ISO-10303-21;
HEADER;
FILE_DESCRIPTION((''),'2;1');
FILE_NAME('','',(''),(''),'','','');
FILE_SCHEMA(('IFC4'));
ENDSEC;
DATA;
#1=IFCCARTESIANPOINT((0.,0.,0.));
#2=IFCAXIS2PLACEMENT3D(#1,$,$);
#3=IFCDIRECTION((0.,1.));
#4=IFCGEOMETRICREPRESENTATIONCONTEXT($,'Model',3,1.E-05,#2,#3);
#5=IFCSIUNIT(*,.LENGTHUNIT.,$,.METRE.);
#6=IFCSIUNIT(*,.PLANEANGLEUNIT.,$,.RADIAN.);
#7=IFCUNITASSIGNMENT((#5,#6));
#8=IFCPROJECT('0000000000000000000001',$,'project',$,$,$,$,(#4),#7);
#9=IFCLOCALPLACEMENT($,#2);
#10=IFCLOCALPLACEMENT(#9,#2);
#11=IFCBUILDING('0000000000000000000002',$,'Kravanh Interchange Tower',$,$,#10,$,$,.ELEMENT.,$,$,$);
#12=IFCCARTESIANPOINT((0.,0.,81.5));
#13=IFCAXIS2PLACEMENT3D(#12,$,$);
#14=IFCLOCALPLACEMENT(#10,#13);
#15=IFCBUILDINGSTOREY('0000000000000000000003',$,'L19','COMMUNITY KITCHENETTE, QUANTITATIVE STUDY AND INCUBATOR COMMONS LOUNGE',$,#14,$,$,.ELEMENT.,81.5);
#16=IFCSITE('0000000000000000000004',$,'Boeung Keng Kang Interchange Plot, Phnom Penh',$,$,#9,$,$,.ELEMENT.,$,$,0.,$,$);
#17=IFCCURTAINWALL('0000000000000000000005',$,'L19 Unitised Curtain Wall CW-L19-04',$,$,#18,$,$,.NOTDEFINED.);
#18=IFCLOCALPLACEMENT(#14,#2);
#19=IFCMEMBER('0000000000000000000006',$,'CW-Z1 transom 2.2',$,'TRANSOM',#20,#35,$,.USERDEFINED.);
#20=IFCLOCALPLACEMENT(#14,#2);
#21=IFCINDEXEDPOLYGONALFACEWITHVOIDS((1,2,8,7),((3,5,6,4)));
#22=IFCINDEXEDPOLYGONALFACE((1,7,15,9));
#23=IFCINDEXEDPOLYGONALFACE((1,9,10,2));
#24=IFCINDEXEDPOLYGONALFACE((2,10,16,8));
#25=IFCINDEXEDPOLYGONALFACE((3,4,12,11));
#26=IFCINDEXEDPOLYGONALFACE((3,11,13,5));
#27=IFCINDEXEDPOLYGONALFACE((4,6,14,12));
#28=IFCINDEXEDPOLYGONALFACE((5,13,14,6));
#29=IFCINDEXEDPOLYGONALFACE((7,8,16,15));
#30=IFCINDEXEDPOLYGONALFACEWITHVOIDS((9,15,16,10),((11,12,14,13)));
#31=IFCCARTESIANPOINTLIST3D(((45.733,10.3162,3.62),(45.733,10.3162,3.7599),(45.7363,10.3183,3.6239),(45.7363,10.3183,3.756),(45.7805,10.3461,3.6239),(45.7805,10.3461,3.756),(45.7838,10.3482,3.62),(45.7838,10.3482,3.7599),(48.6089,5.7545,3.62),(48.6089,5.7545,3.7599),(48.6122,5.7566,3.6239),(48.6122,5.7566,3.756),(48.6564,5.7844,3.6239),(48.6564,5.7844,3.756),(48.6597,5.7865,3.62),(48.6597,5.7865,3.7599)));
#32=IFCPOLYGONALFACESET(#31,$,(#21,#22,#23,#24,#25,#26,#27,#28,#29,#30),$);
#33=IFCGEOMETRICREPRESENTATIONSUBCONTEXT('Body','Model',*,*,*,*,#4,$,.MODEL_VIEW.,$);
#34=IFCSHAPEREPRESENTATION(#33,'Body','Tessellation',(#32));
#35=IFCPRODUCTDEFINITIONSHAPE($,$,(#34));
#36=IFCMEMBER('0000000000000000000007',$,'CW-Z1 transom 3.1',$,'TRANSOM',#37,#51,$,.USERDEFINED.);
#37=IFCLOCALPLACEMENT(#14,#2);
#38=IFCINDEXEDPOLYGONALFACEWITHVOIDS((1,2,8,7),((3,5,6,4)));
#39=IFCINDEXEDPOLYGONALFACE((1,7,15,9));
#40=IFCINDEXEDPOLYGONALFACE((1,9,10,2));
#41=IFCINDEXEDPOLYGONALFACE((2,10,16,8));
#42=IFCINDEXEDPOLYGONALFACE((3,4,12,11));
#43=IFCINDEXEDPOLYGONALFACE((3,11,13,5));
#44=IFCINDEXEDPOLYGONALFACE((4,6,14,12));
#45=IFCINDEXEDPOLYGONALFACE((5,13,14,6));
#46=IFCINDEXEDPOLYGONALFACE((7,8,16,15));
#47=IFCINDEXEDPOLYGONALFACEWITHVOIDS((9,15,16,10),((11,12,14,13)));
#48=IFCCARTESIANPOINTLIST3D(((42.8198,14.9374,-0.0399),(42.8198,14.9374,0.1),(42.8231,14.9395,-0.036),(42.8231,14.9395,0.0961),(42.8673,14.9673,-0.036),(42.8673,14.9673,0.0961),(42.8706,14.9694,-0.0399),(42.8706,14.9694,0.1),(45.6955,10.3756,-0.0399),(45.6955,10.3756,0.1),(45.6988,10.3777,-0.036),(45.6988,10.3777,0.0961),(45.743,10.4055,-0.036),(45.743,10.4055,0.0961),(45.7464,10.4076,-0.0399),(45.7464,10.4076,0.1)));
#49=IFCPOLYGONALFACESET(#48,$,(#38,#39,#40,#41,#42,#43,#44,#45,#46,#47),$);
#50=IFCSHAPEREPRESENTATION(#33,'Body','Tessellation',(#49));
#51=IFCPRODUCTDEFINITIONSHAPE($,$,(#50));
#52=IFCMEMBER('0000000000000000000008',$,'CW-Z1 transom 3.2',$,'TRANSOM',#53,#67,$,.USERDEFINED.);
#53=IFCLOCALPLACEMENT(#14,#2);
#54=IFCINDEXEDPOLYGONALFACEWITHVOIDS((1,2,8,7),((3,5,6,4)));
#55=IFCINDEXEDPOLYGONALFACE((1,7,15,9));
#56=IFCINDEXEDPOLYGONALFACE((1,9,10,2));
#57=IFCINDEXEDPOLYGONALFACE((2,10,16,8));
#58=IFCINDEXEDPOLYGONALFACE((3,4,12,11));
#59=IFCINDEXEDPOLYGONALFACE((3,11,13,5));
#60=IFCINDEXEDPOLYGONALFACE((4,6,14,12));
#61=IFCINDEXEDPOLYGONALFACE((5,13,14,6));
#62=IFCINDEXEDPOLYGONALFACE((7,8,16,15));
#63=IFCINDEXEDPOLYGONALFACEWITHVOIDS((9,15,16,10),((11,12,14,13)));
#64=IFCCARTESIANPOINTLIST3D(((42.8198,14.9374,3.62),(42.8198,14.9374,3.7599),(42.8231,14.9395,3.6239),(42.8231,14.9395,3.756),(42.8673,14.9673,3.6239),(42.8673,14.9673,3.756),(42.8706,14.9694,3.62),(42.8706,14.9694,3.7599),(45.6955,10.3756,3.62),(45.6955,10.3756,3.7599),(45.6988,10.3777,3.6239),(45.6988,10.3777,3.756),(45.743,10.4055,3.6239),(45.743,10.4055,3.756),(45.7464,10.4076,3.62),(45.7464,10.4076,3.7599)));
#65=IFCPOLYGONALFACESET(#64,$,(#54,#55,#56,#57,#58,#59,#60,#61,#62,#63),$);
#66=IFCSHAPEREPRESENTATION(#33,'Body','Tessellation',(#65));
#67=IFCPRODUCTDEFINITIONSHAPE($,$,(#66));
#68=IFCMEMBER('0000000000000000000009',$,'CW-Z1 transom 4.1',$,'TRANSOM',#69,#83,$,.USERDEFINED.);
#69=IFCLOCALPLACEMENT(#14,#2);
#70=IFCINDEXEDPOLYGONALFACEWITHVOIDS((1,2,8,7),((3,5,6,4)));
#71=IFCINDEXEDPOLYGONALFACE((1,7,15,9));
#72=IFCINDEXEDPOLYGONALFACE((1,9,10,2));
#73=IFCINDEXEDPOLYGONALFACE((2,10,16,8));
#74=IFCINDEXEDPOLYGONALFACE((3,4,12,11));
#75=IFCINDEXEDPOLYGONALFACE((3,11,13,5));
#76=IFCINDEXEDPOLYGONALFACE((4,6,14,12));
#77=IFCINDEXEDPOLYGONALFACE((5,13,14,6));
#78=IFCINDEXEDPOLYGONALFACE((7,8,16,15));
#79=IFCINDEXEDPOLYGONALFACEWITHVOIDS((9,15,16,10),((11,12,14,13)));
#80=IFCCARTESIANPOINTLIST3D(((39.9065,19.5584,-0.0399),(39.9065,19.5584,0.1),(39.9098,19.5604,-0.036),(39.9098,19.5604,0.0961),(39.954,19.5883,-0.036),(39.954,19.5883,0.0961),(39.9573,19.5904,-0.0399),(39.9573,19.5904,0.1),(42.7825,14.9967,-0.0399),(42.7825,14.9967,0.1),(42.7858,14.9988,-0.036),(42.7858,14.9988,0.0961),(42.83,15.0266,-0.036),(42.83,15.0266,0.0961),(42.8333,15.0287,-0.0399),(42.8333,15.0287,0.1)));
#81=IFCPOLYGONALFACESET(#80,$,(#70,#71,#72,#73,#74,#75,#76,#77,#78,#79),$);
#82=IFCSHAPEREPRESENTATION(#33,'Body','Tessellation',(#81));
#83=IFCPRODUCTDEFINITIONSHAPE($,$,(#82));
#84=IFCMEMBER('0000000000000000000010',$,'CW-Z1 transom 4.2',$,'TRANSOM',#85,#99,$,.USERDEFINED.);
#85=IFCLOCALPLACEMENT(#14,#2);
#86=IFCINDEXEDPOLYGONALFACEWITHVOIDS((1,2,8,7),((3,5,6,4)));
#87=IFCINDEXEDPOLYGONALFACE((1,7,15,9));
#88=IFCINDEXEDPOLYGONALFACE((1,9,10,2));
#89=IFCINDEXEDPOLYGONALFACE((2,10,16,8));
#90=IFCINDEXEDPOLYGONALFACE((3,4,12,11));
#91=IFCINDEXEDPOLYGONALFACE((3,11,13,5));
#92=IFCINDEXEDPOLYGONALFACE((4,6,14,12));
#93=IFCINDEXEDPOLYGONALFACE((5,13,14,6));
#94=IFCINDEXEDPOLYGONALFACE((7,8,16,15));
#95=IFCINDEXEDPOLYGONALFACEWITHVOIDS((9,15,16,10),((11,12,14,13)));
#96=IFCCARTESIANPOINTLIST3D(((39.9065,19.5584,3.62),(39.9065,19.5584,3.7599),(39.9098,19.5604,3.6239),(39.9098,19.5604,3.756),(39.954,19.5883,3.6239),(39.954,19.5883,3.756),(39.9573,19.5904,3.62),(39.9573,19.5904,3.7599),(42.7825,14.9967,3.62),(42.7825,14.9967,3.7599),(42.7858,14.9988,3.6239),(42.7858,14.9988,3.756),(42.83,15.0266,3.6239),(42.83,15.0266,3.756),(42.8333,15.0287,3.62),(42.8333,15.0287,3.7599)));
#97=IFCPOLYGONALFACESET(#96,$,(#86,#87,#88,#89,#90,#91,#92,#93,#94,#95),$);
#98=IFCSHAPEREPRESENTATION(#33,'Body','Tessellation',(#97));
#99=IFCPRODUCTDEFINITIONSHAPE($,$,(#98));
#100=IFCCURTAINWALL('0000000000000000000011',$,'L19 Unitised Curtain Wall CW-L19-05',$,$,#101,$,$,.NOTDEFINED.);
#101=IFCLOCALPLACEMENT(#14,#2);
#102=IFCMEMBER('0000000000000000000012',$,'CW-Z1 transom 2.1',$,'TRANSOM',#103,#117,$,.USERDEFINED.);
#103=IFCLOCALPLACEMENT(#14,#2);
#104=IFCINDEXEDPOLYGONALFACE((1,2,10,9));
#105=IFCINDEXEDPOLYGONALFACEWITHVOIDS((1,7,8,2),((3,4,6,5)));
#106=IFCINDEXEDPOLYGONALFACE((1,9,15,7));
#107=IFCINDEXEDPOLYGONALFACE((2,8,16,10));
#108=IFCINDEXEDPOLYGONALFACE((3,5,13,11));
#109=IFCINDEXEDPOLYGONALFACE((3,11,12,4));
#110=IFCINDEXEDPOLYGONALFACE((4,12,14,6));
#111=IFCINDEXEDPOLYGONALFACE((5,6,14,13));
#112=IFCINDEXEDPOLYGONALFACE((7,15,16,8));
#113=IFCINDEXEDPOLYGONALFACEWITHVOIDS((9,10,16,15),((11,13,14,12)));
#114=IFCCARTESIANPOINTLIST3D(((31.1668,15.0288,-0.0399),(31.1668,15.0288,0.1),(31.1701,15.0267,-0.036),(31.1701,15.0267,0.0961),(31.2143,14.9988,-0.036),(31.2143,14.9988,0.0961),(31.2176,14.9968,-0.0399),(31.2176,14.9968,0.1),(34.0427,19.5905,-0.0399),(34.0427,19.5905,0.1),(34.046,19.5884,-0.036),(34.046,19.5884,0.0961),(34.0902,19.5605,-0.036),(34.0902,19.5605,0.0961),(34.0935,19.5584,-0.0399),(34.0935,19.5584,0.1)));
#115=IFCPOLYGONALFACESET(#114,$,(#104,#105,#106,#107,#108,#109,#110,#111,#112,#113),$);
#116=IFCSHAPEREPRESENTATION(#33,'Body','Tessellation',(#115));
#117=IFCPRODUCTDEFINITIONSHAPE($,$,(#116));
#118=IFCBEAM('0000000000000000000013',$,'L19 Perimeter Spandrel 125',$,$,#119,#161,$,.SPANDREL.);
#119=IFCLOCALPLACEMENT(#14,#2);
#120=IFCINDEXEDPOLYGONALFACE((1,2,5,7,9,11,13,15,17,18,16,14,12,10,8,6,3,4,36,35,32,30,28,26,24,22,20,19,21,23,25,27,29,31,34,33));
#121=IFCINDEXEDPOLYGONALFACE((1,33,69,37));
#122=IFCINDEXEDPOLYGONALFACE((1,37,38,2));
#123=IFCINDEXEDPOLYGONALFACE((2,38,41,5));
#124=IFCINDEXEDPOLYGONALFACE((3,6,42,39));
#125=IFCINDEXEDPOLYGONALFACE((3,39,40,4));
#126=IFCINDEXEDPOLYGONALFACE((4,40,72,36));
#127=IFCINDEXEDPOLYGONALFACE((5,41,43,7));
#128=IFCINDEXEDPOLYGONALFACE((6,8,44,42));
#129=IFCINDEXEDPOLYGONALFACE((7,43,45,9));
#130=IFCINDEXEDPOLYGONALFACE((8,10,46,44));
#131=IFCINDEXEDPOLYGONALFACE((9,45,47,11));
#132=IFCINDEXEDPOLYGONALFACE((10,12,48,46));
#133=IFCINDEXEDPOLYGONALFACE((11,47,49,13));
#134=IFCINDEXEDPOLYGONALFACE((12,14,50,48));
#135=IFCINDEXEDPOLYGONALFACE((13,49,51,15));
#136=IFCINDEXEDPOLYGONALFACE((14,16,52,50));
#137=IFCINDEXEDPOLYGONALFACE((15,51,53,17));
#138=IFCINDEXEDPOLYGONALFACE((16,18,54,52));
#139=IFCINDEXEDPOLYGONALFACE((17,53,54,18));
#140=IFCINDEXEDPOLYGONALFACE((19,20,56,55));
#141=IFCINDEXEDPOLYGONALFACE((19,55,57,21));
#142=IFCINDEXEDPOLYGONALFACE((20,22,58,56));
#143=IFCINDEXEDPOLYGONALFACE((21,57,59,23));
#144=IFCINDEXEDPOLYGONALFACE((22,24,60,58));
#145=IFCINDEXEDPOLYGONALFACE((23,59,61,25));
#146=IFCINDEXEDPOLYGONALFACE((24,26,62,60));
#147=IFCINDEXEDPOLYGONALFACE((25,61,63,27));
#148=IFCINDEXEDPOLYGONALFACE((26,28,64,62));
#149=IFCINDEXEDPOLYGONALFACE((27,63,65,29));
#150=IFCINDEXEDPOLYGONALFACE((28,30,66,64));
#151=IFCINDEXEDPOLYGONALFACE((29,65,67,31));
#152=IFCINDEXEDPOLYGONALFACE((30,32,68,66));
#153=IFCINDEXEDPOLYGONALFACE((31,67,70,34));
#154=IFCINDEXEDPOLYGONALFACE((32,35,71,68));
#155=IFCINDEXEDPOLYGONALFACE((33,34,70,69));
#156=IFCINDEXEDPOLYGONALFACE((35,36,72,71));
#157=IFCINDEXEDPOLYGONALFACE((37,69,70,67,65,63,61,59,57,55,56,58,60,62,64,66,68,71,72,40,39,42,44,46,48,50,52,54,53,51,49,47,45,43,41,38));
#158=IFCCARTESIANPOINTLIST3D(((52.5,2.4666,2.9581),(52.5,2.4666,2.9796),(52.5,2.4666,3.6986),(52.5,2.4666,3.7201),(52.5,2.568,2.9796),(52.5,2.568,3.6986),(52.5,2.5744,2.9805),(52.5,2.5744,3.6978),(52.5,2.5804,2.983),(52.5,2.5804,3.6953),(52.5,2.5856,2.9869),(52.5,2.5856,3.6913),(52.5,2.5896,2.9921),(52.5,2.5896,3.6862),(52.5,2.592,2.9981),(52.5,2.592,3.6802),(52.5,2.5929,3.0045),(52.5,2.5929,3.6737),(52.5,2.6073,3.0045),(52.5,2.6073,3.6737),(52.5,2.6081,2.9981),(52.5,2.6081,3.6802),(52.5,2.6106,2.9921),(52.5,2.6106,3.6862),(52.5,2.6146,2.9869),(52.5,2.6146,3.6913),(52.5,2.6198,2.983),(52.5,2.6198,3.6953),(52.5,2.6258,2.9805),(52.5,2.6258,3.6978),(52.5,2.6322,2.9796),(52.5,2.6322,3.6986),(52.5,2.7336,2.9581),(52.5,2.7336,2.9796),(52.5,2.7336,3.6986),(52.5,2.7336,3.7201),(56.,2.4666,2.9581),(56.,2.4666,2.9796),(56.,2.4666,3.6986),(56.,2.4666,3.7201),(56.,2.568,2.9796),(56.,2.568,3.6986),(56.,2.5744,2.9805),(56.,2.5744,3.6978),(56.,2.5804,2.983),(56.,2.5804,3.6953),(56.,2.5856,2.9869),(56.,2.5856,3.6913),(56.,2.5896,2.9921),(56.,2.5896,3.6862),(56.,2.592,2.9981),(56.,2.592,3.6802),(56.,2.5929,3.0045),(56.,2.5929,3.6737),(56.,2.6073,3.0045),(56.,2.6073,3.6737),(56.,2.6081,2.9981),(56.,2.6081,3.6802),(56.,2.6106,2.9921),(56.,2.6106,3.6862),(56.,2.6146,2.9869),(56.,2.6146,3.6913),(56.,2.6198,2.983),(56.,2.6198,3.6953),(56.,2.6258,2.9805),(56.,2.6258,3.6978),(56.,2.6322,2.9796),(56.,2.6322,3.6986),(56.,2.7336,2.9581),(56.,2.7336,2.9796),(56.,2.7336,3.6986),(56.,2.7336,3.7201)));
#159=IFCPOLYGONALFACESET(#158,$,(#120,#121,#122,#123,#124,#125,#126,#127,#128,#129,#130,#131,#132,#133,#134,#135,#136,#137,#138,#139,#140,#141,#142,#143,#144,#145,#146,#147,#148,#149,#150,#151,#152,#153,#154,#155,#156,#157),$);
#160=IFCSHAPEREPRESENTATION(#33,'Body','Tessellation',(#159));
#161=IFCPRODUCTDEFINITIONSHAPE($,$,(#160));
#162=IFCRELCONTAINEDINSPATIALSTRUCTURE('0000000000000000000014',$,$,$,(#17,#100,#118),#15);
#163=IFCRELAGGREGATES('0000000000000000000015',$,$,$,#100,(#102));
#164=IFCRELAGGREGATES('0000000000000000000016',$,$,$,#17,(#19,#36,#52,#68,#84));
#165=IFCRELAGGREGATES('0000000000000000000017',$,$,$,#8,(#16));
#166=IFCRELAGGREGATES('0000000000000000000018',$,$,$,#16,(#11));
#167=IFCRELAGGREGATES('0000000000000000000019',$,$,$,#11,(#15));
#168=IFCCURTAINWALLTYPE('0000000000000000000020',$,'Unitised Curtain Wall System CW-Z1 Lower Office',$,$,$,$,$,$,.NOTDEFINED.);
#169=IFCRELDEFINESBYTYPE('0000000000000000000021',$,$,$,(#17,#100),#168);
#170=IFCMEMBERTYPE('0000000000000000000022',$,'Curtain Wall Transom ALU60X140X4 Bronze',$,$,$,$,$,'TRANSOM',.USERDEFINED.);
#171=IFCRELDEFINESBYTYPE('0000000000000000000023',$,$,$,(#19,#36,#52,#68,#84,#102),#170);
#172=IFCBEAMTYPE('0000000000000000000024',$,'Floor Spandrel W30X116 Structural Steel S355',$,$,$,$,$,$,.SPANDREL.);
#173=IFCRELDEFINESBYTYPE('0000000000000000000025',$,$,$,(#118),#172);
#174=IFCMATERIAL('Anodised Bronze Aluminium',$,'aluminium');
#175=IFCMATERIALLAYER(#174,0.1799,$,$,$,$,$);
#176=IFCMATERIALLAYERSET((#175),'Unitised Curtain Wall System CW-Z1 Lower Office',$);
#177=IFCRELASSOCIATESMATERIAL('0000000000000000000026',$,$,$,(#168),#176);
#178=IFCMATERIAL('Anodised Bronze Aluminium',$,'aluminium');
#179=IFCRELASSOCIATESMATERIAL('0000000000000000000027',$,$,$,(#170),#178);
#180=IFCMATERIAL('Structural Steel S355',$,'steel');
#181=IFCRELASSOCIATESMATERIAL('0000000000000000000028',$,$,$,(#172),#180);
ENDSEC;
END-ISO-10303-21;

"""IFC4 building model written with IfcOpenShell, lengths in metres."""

from ifc_helpers import new_model, si_unit, direction, frame, origin, origin_2d, place, context, subcontext, project, spatial, hollow_rectangle, i_section, extrude, material, layer, layer_set, material_profile, profile_set, type_object, element, aggregate, save


model = new_model("IFC4")

# Units and contexts
model_context = context("Model", 3, precision=1e-05, world=origin(), true_north=direction((0.0, 1.0)))
body_context = subcontext(model_context, "Body", "Model", "MODEL_VIEW")
ifc_project = project(units=[si_unit("LENGTHUNIT", "METRE"), si_unit("PLANEANGLEUNIT", "RADIAN")], contexts=[model_context])

# Site, building, storey
site_placement = place(None, origin())
site = spatial("IfcSite", under=ifc_project, at=site_placement, Name="Boeung Keng Kang Interchange Plot, Phnom Penh", CompositionType="ELEMENT", RefElevation=0.0)
building_placement = place(site_placement, origin())
building = spatial("IfcBuilding", under=site, at=building_placement, Name="Kravanh Interchange Tower", CompositionType="ELEMENT")
storey_placement = place(building_placement, frame((0.0, 0.0, 81.5)))
storey = spatial("IfcBuildingStorey", under=building, at=storey_placement, Name="L19", Description="COMMUNITY KITCHENETTE, QUANTITATIVE STUDY AND INCUBATOR COMMONS LOUNGE", CompositionType="ELEMENT", Elevation=81.5)

# Shared definitions
ifc_material_1 = material(Name="Anodised Bronze Aluminium", Category="aluminium")
ifc_layer_1 = layer(ifc_material_1, 0.1799)
ifc_layer_set_1 = layer_set([ifc_layer_1], Name="Unitised Curtain Wall System CW-Z1 Lower Office")
curtain_wall_type = type_object("IfcCurtainWallType", Name="Unitised Curtain Wall System CW-Z1 Lower Office", PredefinedType="NOTDEFINED", material=ifc_layer_set_1)

# Curtain wall, members
curtain_wall_1_placement = place(storey_placement, origin())
curtain_wall_1 = element("IfcCurtainWall", 1, at=curtain_wall_1_placement, inside=storey, type_object=curtain_wall_type, Name="L19 Unitised Curtain Wall CW-L19-04", PredefinedType="NOTDEFINED")
ifc_material_2 = material(Name="Anodised Bronze Aluminium", Category="aluminium")
ifc_material_profile_1 = material_profile(ifc_material_2, hollow_rectangle(XDim=0.0601, YDim=0.1399, WallThickness=0.0039, at=origin_2d()), Name="ALU60X140X4")
ifc_profile_set_1 = profile_set([ifc_material_profile_1], Name="Anodised Bronze Aluminium")
member_type_1 = type_object("IfcMemberType", Name="Curtain Wall Transom ALU60X140X4 Bronze", ElementType="TRANSOM", PredefinedType="USERDEFINED", material=ifc_profile_set_1)
member_1_placement = place(storey_placement, frame((48.6343, 5.7705, 3.6899), z_axis=(-0.533311, 0.845919, 0.0), x_axis=(-0.845919, -0.533311, 0.0)))
member_1 = element("IfcMember", 2, at=member_1_placement, type_object=member_type_1, Name="CW-Z1 transom 2.2", ObjectType="TRANSOM", PredefinedType="USERDEFINED", context=body_context, shape_type="SweptSolid", body=[
    extrude(hollow_rectangle(XDim=0.0601, YDim=0.1399, WallThickness=0.0039, at=origin_2d()), origin(), (0.0, 0.0, 1.0), 5.3926),
])
member_2_placement = place(storey_placement, frame((45.7209, 10.3916, 0.03), z_axis=(-0.533279, 0.845939, 0.0), x_axis=(-0.845939, -0.533279, 0.0)))
member_2 = element("IfcMember", 3, at=member_2_placement, type_object=member_type_1, Name="CW-Z1 transom 3.1", ObjectType="TRANSOM", PredefinedType="USERDEFINED", context=body_context, shape_type="SweptSolid", body=[
    extrude(hollow_rectangle(XDim=0.0601, YDim=0.1399, WallThickness=0.0039, at=origin_2d()), origin(), (0.0, 0.0, 1.0), 5.3926),
])
member_3_placement = place(storey_placement, frame((45.7209, 10.3916, 3.6899), z_axis=(-0.533279, 0.845939, 0.0), x_axis=(-0.845939, -0.533279, 0.0)))
member_3 = element("IfcMember", 4, at=member_3_placement, type_object=member_type_1, Name="CW-Z1 transom 3.2", ObjectType="TRANSOM", PredefinedType="USERDEFINED", context=body_context, shape_type="SweptSolid", body=[
    extrude(hollow_rectangle(XDim=0.0601, YDim=0.1399, WallThickness=0.0039, at=origin_2d()), origin(), (0.0, 0.0, 1.0), 5.3926),
])
member_4_placement = place(storey_placement, frame((42.8079, 15.0127, 0.03), z_axis=(-0.533311, 0.845919, 0.0), x_axis=(-0.845919, -0.533311, 0.0)))
member_4 = element("IfcMember", 5, at=member_4_placement, type_object=member_type_1, Name="CW-Z1 transom 4.1", ObjectType="TRANSOM", PredefinedType="USERDEFINED", context=body_context, shape_type="SweptSolid", body=[
    extrude(hollow_rectangle(XDim=0.0601, YDim=0.1399, WallThickness=0.0039, at=origin_2d()), origin(), (0.0, 0.0, 1.0), 5.3926),
])
member_5_placement = place(storey_placement, frame((42.8079, 15.0127, 3.6899), z_axis=(-0.533311, 0.845919, 0.0), x_axis=(-0.845919, -0.533311, 0.0)))
member_5 = element("IfcMember", 6, at=member_5_placement, type_object=member_type_1, Name="CW-Z1 transom 4.2", ObjectType="TRANSOM", PredefinedType="USERDEFINED", context=body_context, shape_type="SweptSolid", body=[
    extrude(hollow_rectangle(XDim=0.0601, YDim=0.1399, WallThickness=0.0039, at=origin_2d()), origin(), (0.0, 0.0, 1.0), 5.3926),
])

# Curtain wall, member
curtain_wall_2_placement = place(storey_placement, origin())
curtain_wall_2 = element("IfcCurtainWall", 7, at=curtain_wall_2_placement, inside=storey, type_object=curtain_wall_type, Name="L19 Unitised Curtain Wall CW-L19-05", PredefinedType="NOTDEFINED")
member_6_placement = place(storey_placement, frame((34.0681, 19.5745, 0.03), z_axis=(-0.533311, -0.845919, 0.0), x_axis=(0.845919, -0.533311, 0.0)))
member_6 = element("IfcMember", 8, at=member_6_placement, type_object=member_type_1, Name="CW-Z1 transom 2.1", ObjectType="TRANSOM", PredefinedType="USERDEFINED", context=body_context, shape_type="SweptSolid", body=[
    extrude(hollow_rectangle(XDim=0.0601, YDim=0.1399, WallThickness=0.0039, at=origin_2d()), origin(), (0.0, 0.0, 1.0), 5.3926),
])
aggregate(curtain_wall_2, [member_6])

# Beam
ifc_material_3 = material(Name="Structural Steel S355", Category="steel")
ifc_material_profile_2 = material_profile(ifc_material_3, i_section(OverallWidth=0.2671, OverallDepth=0.762, WebThickness=0.0144, FlangeThickness=0.0215, FilletRadius=0.0249, at=origin_2d()), Name="W30X116")
ifc_profile_set_2 = profile_set([ifc_material_profile_2], Name="Structural Steel S355")
beam_type = type_object("IfcBeamType", Name="Floor Spandrel W30X116 Structural Steel S355", PredefinedType="SPANDREL", material=ifc_profile_set_2)
beam_1_placement = place(storey_placement, frame((52.5, 2.6001, 3.3391), z_axis=(1.0, 0.0, 0.0), x_axis=(0.0, 1.0, 0.0)))
element("IfcBeam", 9, at=beam_1_placement, inside=storey, type_object=beam_type, Name="L19 Perimeter Spandrel 125", PredefinedType="SPANDREL", context=body_context, shape_type="SweptSolid", body=[
    extrude(i_section(OverallWidth=0.2671, OverallDepth=0.762, WebThickness=0.0144, FlangeThickness=0.0215, FilletRadius=0.0249, at=origin_2d()), origin(), (0.0, 0.0, 1.0), 3.5),
])

aggregate(curtain_wall_1, [member_1, member_2, member_3, member_4, member_5])

save(model, "model.ifc")
